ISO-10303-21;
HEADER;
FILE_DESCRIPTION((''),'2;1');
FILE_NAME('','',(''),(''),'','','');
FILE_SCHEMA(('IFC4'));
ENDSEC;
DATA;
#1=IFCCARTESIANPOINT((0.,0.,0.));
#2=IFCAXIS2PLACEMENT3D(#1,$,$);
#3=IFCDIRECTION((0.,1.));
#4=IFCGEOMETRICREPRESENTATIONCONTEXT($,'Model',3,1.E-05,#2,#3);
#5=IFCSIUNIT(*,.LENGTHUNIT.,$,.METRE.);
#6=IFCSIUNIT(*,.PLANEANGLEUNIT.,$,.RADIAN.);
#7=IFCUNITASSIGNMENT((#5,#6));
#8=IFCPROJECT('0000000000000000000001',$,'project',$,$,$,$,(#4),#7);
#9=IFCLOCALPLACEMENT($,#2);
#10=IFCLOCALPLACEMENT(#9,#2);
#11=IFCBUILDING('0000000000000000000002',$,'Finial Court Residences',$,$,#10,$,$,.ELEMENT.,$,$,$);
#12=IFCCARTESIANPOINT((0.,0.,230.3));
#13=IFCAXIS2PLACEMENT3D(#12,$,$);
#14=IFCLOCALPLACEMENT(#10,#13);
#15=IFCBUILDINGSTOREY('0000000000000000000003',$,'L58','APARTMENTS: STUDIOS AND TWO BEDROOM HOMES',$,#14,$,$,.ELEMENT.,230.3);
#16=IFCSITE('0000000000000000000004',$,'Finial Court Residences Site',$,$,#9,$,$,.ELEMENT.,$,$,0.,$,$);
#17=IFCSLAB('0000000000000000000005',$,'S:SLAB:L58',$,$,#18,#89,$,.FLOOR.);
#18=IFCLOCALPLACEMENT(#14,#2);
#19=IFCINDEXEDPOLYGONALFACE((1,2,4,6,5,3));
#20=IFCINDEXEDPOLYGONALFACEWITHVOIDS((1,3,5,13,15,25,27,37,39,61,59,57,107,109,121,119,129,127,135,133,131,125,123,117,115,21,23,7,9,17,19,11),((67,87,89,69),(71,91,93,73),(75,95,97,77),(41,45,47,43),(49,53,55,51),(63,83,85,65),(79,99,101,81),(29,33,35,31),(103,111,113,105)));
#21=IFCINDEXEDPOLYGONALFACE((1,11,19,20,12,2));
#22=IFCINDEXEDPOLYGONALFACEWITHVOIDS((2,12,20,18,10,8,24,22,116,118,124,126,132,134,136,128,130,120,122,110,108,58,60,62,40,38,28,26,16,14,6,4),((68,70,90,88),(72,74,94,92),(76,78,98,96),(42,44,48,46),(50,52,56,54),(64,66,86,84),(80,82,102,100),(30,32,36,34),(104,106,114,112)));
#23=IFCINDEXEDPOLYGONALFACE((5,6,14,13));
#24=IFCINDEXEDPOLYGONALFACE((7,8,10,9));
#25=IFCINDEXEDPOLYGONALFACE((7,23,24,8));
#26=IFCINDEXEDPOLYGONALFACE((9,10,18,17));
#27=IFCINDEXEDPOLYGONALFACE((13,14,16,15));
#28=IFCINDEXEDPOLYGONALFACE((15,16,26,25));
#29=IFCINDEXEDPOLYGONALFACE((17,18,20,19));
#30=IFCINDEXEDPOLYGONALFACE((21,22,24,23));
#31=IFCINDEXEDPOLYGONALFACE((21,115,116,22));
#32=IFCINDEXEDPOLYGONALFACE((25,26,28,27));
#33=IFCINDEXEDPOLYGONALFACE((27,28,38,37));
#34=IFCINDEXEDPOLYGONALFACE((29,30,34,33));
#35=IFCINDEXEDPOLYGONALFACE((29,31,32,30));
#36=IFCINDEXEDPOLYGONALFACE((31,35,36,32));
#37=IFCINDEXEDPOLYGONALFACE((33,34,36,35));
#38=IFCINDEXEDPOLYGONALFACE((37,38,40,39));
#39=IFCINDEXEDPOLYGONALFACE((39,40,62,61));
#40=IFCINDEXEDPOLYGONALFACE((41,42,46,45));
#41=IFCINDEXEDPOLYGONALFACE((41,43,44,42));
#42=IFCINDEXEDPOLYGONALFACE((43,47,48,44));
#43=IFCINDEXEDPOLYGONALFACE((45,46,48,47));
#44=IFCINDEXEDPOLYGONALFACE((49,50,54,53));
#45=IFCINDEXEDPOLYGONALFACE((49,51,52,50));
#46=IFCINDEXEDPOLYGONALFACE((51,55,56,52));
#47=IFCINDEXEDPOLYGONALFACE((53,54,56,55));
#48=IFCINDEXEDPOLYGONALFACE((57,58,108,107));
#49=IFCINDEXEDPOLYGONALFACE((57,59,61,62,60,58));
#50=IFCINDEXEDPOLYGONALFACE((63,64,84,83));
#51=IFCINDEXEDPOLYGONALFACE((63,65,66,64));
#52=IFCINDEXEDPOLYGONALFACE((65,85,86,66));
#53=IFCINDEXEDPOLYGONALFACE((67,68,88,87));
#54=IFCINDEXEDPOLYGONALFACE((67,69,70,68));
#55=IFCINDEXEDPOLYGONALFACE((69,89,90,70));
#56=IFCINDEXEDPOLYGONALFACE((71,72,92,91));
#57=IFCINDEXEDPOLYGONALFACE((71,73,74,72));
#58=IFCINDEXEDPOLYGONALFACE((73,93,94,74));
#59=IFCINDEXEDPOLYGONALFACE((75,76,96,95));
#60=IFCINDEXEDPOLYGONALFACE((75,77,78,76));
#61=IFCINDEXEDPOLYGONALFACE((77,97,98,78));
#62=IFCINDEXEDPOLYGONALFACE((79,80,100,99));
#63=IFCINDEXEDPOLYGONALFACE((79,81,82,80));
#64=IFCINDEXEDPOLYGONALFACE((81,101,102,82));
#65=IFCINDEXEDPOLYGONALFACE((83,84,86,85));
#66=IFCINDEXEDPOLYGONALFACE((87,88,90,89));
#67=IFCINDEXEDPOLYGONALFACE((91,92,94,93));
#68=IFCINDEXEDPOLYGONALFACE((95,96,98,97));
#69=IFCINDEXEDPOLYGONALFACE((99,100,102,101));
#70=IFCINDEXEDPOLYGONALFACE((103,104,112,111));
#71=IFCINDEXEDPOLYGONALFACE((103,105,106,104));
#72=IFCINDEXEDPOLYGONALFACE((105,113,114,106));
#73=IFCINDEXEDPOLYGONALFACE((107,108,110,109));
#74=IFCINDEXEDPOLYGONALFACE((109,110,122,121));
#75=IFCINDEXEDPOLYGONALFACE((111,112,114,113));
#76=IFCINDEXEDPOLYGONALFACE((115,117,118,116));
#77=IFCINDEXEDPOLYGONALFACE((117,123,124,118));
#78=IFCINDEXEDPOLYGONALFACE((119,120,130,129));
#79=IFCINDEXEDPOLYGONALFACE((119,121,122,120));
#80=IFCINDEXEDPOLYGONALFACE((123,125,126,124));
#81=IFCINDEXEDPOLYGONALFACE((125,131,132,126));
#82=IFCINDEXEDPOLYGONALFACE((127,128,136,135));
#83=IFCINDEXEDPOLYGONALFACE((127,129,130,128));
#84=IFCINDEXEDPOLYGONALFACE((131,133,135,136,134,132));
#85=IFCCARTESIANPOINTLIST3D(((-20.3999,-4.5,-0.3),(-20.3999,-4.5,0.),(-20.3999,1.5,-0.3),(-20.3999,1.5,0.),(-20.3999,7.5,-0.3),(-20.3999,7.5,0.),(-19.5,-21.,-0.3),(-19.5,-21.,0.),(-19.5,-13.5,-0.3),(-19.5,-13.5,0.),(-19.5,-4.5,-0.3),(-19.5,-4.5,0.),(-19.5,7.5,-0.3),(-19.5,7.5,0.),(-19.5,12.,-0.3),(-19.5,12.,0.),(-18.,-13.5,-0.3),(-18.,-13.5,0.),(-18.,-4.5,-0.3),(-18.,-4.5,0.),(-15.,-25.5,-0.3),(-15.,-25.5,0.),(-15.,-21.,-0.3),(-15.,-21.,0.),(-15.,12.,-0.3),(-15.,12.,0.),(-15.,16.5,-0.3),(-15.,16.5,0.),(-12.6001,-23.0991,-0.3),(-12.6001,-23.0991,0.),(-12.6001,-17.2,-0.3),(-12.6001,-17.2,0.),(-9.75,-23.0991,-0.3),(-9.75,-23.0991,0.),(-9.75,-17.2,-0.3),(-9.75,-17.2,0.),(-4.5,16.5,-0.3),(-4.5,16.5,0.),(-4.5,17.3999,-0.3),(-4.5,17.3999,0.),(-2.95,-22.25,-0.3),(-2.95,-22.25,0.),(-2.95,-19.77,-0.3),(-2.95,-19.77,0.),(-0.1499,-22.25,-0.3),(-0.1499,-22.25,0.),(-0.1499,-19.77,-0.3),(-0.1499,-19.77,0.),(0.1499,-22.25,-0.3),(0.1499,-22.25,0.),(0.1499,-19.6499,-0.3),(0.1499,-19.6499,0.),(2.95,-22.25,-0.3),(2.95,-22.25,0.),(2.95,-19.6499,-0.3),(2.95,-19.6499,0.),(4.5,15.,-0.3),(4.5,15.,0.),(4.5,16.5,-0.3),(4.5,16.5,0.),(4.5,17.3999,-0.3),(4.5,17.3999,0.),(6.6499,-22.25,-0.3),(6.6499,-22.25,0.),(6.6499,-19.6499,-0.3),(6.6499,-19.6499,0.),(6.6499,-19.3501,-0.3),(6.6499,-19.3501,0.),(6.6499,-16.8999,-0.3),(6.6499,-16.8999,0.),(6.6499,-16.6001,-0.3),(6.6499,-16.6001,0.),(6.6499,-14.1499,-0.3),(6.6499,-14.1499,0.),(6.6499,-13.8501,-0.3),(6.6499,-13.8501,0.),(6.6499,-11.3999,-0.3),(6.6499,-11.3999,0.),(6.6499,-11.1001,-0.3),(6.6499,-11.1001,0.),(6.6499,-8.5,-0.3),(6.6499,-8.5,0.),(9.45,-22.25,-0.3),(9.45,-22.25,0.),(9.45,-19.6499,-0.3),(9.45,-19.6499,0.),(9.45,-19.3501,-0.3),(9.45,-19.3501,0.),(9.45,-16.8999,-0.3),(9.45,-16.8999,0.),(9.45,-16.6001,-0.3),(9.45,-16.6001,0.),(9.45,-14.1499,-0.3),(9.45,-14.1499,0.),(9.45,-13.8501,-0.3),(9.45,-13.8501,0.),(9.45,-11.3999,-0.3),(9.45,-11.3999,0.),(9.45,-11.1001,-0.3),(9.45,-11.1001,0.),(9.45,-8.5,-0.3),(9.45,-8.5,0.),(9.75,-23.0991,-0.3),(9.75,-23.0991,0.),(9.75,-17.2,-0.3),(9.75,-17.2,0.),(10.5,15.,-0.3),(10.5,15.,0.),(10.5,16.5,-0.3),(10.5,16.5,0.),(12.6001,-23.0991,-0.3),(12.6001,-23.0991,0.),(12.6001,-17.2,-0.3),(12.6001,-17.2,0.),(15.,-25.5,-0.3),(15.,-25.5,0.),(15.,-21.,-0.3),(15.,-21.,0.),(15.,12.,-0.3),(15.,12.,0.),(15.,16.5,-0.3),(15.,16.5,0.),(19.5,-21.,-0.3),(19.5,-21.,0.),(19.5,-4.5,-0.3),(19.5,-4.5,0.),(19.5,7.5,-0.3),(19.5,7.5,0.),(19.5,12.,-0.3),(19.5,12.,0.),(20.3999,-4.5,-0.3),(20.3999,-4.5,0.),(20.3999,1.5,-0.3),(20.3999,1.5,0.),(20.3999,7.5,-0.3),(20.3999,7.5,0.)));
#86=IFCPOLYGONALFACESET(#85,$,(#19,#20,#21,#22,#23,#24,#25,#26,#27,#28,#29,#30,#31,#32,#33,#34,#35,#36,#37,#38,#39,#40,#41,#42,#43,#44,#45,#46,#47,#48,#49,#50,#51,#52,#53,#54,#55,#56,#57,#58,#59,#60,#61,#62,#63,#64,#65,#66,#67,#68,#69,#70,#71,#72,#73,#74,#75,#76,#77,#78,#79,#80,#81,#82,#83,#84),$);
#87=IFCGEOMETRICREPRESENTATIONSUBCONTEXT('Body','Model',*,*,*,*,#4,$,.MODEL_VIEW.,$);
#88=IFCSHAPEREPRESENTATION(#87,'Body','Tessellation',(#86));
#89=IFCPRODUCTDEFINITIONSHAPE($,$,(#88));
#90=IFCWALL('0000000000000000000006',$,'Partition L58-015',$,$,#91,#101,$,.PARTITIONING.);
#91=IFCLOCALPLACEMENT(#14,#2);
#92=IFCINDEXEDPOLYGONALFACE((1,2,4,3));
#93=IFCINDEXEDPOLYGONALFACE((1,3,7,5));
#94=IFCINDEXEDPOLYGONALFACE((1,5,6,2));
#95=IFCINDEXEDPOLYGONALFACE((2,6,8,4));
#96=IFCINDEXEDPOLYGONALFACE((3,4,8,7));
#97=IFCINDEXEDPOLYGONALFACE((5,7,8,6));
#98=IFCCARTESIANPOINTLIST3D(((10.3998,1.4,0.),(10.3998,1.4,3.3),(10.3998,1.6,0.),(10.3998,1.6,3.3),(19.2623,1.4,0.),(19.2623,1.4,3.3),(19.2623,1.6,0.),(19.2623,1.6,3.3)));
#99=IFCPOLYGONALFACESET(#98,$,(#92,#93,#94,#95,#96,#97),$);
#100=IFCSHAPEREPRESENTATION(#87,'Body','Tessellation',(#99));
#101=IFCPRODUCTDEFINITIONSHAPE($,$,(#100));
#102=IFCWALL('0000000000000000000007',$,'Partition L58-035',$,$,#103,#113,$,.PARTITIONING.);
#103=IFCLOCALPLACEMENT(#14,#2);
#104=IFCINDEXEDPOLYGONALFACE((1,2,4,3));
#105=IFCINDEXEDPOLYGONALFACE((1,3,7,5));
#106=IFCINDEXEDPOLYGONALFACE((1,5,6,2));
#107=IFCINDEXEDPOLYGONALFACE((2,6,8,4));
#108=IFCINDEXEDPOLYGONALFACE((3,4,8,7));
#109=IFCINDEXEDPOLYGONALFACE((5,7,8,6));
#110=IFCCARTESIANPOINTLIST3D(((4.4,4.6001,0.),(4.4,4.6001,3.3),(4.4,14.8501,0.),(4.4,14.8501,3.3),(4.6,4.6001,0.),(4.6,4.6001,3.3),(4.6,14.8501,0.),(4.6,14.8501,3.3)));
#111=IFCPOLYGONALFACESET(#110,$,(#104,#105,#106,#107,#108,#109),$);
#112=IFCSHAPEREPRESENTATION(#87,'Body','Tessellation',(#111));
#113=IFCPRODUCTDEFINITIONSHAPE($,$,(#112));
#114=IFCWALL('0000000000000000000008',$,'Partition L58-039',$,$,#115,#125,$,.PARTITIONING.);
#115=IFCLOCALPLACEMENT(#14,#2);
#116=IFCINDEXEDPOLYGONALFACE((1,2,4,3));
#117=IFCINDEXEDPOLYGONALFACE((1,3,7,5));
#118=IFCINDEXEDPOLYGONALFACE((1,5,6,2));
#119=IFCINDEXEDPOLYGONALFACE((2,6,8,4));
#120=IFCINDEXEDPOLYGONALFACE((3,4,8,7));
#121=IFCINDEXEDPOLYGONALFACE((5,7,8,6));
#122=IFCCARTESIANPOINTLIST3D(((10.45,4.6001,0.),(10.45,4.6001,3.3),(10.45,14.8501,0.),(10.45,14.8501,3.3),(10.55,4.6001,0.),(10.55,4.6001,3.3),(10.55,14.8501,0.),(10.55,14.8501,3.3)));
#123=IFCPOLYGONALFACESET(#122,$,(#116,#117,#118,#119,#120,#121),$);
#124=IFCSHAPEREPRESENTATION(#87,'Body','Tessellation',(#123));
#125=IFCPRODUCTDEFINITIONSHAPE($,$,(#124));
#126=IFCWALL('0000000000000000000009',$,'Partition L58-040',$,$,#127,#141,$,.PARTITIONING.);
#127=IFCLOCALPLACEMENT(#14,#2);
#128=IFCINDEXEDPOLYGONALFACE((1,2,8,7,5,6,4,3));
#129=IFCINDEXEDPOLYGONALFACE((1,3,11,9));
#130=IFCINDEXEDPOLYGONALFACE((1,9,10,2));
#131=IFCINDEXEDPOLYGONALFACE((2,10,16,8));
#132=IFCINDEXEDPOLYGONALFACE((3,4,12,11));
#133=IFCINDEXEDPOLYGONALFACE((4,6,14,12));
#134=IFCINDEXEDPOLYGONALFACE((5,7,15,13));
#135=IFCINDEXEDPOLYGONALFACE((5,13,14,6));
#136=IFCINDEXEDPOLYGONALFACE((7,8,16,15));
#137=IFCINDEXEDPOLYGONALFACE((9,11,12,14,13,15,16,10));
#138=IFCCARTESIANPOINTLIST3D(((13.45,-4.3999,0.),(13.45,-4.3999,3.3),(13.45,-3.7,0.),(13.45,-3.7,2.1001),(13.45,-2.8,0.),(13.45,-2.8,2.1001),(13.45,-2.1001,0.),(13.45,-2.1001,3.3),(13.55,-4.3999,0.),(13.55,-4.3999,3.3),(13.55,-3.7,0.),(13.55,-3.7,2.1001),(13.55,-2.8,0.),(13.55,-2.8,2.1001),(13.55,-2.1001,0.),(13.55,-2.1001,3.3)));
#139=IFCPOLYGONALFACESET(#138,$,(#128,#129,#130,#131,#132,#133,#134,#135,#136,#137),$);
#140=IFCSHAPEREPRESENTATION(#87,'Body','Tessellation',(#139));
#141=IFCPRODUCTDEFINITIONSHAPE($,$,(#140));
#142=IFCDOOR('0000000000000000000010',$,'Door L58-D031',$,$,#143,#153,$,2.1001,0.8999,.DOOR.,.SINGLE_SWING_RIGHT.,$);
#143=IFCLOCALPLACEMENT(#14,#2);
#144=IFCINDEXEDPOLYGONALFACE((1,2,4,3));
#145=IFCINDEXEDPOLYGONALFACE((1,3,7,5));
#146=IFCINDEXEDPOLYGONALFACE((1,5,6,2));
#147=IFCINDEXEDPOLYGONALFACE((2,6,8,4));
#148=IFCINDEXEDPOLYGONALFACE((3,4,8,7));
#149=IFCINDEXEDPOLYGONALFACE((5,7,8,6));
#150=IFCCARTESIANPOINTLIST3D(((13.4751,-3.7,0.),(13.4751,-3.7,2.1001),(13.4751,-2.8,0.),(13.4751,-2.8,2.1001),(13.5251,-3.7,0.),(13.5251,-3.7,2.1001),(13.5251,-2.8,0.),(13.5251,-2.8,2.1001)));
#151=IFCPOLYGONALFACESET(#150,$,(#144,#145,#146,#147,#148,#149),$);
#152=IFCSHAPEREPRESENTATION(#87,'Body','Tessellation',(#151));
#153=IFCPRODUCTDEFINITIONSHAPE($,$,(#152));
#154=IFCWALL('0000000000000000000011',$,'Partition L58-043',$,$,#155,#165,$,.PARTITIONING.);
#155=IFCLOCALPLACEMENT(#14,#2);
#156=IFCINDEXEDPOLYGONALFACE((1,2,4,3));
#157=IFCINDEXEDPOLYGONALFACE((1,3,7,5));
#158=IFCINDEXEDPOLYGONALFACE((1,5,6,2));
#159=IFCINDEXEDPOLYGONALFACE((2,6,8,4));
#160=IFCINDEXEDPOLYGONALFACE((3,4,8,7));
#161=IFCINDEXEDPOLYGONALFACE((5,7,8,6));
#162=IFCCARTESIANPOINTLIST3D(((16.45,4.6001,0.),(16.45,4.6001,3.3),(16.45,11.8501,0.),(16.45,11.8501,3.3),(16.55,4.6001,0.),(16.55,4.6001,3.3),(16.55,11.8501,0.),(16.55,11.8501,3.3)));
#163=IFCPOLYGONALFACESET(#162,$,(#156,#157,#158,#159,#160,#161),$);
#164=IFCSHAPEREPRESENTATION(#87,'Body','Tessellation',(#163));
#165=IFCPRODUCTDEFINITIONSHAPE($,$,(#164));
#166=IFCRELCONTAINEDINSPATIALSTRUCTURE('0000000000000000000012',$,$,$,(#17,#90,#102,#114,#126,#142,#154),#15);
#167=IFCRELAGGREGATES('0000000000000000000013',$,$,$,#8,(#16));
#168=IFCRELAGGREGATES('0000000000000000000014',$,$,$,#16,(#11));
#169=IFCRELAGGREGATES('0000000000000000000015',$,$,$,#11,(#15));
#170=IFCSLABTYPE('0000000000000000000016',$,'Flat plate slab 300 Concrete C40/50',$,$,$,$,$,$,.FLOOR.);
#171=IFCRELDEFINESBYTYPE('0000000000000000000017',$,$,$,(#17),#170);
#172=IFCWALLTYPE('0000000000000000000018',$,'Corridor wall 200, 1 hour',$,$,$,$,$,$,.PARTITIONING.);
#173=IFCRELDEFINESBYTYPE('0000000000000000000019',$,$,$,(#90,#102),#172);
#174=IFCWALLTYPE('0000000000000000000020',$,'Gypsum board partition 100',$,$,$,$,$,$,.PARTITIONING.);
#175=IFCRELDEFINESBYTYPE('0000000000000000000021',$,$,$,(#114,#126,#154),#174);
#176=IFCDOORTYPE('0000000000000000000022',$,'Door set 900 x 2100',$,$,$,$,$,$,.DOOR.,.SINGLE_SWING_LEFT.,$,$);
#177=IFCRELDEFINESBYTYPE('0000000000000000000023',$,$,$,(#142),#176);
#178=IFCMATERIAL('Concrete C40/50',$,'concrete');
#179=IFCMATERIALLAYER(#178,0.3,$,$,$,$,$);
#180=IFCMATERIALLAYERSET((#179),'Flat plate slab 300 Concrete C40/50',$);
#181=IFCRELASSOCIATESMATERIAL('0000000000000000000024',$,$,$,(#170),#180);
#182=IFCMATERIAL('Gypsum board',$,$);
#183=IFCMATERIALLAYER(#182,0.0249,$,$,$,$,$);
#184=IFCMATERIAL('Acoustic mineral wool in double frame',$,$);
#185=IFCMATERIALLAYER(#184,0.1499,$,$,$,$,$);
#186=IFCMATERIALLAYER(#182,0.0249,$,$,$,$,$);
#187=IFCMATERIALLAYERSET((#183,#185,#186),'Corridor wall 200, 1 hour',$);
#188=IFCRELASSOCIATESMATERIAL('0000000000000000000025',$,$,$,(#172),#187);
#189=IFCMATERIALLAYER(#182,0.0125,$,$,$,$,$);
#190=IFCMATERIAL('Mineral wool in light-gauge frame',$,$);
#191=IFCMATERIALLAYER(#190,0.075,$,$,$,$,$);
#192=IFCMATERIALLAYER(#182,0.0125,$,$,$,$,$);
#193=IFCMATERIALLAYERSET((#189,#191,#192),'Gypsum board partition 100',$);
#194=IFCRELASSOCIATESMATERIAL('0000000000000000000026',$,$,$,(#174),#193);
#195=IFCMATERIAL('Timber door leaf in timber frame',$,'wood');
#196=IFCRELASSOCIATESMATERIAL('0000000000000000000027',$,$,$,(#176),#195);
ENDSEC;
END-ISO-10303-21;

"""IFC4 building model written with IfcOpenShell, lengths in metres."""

from ifc_helpers import new_model, si_unit, direction, frame, frame_2d, origin, place, context, subcontext, project, spatial, polyline, rectangle, outline, extrude, material, layer, layer_set, type_object, element, fill, save


model = new_model("IFC4")

# Units and contexts
model_context = context("Model", 3, precision=1e-05, world=origin(), true_north=direction((0.0, 1.0)))
body_context = subcontext(model_context, "Body", "Model", "MODEL_VIEW")
ifc_project = project(units=[si_unit("LENGTHUNIT", "METRE"), si_unit("PLANEANGLEUNIT", "RADIAN")], contexts=[model_context])

# Site, building, storey
site_placement = place(None, origin())
site = spatial("IfcSite", under=ifc_project, at=site_placement, Name="Finial Court Residences Site", CompositionType="ELEMENT", RefElevation=0.0)
building_placement = place(site_placement, origin())
building = spatial("IfcBuilding", under=site, at=building_placement, Name="Finial Court Residences", CompositionType="ELEMENT")
storey_placement = place(building_placement, frame((0.0, 0.0, 230.3)))
storey = spatial("IfcBuildingStorey", under=building, at=storey_placement, Name="L58", Description="APARTMENTS: STUDIOS AND TWO BEDROOM HOMES", CompositionType="ELEMENT", Elevation=230.3)

# Slab
ifc_material_1 = material(Name="Concrete C40/50", Category="concrete")
ifc_layer_1 = layer(ifc_material_1, 0.3)
ifc_layer_set_1 = layer_set([ifc_layer_1], Name="Flat plate slab 300 Concrete C40/50")
slab_type_1 = type_object("IfcSlabType", Name="Flat plate slab 300 Concrete C40/50", PredefinedType="FLOOR", material=ifc_layer_set_1)
slab_1_placement = place(storey_placement, frame((0.0, 0.0, -0.3)))
element("IfcSlab", 1, at=slab_1_placement, inside=storey, type_object=slab_type_1, Name="S:SLAB:L58", PredefinedType="FLOOR", context=body_context, shape_type="SweptSolid", body=[
    extrude(outline(polyline([(-18.0, -13.5), (-18.0, -4.5), (-19.5, -4.5), (-20.3999, -4.5), (-20.3999, 1.5), (-20.3999, 7.5), (-19.5, 7.5), (-19.5, 12.0), (-15.0, 12.0), (-15.0, 16.5), (-4.5, 16.5), (-4.5, 17.3999), (4.5, 17.3999), (4.5, 16.5), (4.5, 15.0), (10.5, 15.0), (10.5, 16.5), (15.0, 16.5), (15.0, 12.0), (19.5, 12.0), (19.5, 7.5), (20.3999, 7.5), (20.3999, 1.5), (20.3999, -4.5), (19.5, -4.5), (19.5, -21.0), (15.0, -21.0), (15.0, -25.5), (-15.0, -25.5), (-15.0, -21.0), (-19.5, -21.0), (-19.5, -13.5), (-18.0, -13.5)]), holes=[polyline([(-0.1499, -19.77), (-2.95, -19.77), (-2.95, -22.25), (-0.1499, -22.25), (-0.1499, -19.77)]), polyline([(2.95, -19.6499), (0.1499, -19.6499), (0.1499, -22.25), (2.95, -22.25), (2.95, -19.6499)]), polyline([(9.45, -19.6499), (6.6499, -19.6499), (6.6499, -22.25), (9.45, -22.25), (9.45, -19.6499)]), polyline([(-12.6001, -17.2), (-12.6001, -23.0991), (-9.75, -23.0991), (-9.75, -17.2), (-12.6001, -17.2)]), polyline([(9.75, -17.2), (9.75, -23.0991), (12.6001, -23.0991), (12.6001, -17.2), (9.75, -17.2)]), polyline([(9.45, -16.8999), (6.6499, -16.8999), (6.6499, -19.3501), (9.45, -19.3501), (9.45, -16.8999)]), polyline([(9.45, -14.1499), (6.6499, -14.1499), (6.6499, -16.6001), (9.45, -16.6001), (9.45, -14.1499)]), polyline([(9.45, -13.8501), (9.45, -11.3999), (6.6499, -11.3999), (6.6499, -13.8501), (9.45, -13.8501)]), polyline([(9.45, -11.1001), (9.45, -8.5), (6.6499, -8.5), (6.6499, -11.1001), (9.45, -11.1001)])]), origin(), (0.0, 0.0, 1.0), 0.3),
])

# Walls
ifc_material_2 = material(Name="Gypsum board")
ifc_layer_2 = layer(ifc_material_2, 0.0249)
ifc_material_3 = material(Name="Acoustic mineral wool in double frame")
ifc_layer_3 = layer(ifc_material_3, 0.1499)
ifc_layer_4 = layer(ifc_material_2, 0.0249)
ifc_layer_set_2 = layer_set([ifc_layer_2, ifc_layer_3, ifc_layer_4], Name="Corridor wall 200, 1 hour")
wall_type_1 = type_object("IfcWallType", Name="Corridor wall 200, 1 hour", PredefinedType="PARTITIONING", material=ifc_layer_set_2)
wall_1_placement = place(storey_placement, frame((10.3999, 1.5, 0.0), z_axis=(0.0, 0.0, 1.0), x_axis=(1.0, 0.0, 0.0)))
element("IfcWall", 2, at=wall_1_placement, inside=storey, type_object=wall_type_1, Name="Partition L58-015", PredefinedType="PARTITIONING", context=body_context, shape_type="SweptSolid", body=[
    extrude(rectangle(XDim=8.8625, YDim=0.2, at=frame_2d((4.4312, 0.0))), origin(), (0.0, 0.0, 1.0), 3.3),
])
wall_2_placement = place(storey_placement, frame((4.5, 4.6001, 0.0), z_axis=(0.0, 0.0, 1.0), x_axis=(0.0, 1.0, 0.0)))
element("IfcWall", 3, at=wall_2_placement, inside=storey, type_object=wall_type_1, Name="Partition L58-035", PredefinedType="PARTITIONING", context=body_context, shape_type="SweptSolid", body=[
    extrude(rectangle(XDim=10.25, YDim=0.2, at=frame_2d((5.125, 0.0))), origin(), (0.0, 0.0, 1.0), 3.3),
])
ifc_layer_5 = layer(ifc_material_2, 0.0125)
ifc_material_4 = material(Name="Mineral wool in light-gauge frame")
ifc_layer_6 = layer(ifc_material_4, 0.075)
ifc_layer_7 = layer(ifc_material_2, 0.0125)
ifc_layer_set_3 = layer_set([ifc_layer_5, ifc_layer_6, ifc_layer_7], Name="Gypsum board partition 100")
wall_type_2 = type_object("IfcWallType", Name="Gypsum board partition 100", PredefinedType="PARTITIONING", material=ifc_layer_set_3)
wall_3_placement = place(storey_placement, frame((10.5, 4.6001, 0.0), z_axis=(0.0, 0.0, 1.0), x_axis=(0.0, 1.0, 0.0)))
element("IfcWall", 4, at=wall_3_placement, inside=storey, type_object=wall_type_2, Name="Partition L58-039", PredefinedType="PARTITIONING", context=body_context, shape_type="SweptSolid", body=[
    extrude(rectangle(XDim=10.25, YDim=0.1001, at=frame_2d((5.125, 0.0))), origin(), (0.0, 0.0, 1.0), 3.3),
])

# Wall, opening, door
wall_4_placement = place(storey_placement, frame((13.5, -4.3999, 0.0), z_axis=(0.0, 0.0, 1.0), x_axis=(0.0, 1.0, 0.0)))
wall_4 = element("IfcWall", 5, at=wall_4_placement, inside=storey, type_object=wall_type_2, Name="Partition L58-040", PredefinedType="PARTITIONING", context=body_context, shape_type="SweptSolid", body=[
    extrude(rectangle(XDim=2.2998, YDim=0.1001, at=frame_2d((1.1499, 0.0))), origin(), (0.0, 0.0, 1.0), 3.3),
])
opening_1_placement = place(wall_4_placement, frame((0.7, 0.0, 0.0)))
opening_1 = element("IfcOpeningElement", 6, at=opening_1_placement, cuts=wall_4, PredefinedType="OPENING", context=body_context, shape_type="SweptSolid", body=[
    extrude(rectangle(XDim=0.8999, YDim=2.1001, at=frame_2d((0.45, 1.05))), frame((0.0, 0.0601, 0.0), z_axis=(0.0, -1.0, 0.0), x_axis=(1.0, 0.0, 0.0)), (0.0, 0.0, 1.0), 0.1201),
])
ifc_material_5 = material(Name="Timber door leaf in timber frame", Category="wood")
door_type = type_object("IfcDoorType", Name="Door set 900 x 2100", OperationType="SINGLE_SWING_LEFT", PredefinedType="DOOR", material=ifc_material_5)
door_1_placement = place(opening_1_placement, origin())
door_1 = element("IfcDoor", 7, at=door_1_placement, inside=storey, type_object=door_type, Name="Door L58-D031", OperationType="SINGLE_SWING_RIGHT", OverallHeight=2.1001, OverallWidth=0.8999, PredefinedType="DOOR", context=body_context, shape_type="SweptSolid", body=[
    extrude(rectangle(XDim=0.8999, YDim=2.1001, at=frame_2d((0.45, 1.05))), frame((0.0, 0.0249, 0.0), z_axis=(0.0, -1.0, 0.0), x_axis=(1.0, 0.0, 0.0)), (0.0, 0.0, 1.0), 0.05),
])
fill(opening_1, door_1)

# Wall
wall_5_placement = place(storey_placement, frame((16.5, 4.6001, 0.0), z_axis=(0.0, 0.0, 1.0), x_axis=(0.0, 1.0, 0.0)))
element("IfcWall", 8, at=wall_5_placement, inside=storey, type_object=wall_type_2, Name="Partition L58-043", PredefinedType="PARTITIONING", context=body_context, shape_type="SweptSolid", body=[
    extrude(rectangle(XDim=7.25, YDim=0.1001, at=frame_2d((3.625, 0.0))), origin(), (0.0, 0.0, 1.0), 3.3),
])

save(model, "model.ifc")
